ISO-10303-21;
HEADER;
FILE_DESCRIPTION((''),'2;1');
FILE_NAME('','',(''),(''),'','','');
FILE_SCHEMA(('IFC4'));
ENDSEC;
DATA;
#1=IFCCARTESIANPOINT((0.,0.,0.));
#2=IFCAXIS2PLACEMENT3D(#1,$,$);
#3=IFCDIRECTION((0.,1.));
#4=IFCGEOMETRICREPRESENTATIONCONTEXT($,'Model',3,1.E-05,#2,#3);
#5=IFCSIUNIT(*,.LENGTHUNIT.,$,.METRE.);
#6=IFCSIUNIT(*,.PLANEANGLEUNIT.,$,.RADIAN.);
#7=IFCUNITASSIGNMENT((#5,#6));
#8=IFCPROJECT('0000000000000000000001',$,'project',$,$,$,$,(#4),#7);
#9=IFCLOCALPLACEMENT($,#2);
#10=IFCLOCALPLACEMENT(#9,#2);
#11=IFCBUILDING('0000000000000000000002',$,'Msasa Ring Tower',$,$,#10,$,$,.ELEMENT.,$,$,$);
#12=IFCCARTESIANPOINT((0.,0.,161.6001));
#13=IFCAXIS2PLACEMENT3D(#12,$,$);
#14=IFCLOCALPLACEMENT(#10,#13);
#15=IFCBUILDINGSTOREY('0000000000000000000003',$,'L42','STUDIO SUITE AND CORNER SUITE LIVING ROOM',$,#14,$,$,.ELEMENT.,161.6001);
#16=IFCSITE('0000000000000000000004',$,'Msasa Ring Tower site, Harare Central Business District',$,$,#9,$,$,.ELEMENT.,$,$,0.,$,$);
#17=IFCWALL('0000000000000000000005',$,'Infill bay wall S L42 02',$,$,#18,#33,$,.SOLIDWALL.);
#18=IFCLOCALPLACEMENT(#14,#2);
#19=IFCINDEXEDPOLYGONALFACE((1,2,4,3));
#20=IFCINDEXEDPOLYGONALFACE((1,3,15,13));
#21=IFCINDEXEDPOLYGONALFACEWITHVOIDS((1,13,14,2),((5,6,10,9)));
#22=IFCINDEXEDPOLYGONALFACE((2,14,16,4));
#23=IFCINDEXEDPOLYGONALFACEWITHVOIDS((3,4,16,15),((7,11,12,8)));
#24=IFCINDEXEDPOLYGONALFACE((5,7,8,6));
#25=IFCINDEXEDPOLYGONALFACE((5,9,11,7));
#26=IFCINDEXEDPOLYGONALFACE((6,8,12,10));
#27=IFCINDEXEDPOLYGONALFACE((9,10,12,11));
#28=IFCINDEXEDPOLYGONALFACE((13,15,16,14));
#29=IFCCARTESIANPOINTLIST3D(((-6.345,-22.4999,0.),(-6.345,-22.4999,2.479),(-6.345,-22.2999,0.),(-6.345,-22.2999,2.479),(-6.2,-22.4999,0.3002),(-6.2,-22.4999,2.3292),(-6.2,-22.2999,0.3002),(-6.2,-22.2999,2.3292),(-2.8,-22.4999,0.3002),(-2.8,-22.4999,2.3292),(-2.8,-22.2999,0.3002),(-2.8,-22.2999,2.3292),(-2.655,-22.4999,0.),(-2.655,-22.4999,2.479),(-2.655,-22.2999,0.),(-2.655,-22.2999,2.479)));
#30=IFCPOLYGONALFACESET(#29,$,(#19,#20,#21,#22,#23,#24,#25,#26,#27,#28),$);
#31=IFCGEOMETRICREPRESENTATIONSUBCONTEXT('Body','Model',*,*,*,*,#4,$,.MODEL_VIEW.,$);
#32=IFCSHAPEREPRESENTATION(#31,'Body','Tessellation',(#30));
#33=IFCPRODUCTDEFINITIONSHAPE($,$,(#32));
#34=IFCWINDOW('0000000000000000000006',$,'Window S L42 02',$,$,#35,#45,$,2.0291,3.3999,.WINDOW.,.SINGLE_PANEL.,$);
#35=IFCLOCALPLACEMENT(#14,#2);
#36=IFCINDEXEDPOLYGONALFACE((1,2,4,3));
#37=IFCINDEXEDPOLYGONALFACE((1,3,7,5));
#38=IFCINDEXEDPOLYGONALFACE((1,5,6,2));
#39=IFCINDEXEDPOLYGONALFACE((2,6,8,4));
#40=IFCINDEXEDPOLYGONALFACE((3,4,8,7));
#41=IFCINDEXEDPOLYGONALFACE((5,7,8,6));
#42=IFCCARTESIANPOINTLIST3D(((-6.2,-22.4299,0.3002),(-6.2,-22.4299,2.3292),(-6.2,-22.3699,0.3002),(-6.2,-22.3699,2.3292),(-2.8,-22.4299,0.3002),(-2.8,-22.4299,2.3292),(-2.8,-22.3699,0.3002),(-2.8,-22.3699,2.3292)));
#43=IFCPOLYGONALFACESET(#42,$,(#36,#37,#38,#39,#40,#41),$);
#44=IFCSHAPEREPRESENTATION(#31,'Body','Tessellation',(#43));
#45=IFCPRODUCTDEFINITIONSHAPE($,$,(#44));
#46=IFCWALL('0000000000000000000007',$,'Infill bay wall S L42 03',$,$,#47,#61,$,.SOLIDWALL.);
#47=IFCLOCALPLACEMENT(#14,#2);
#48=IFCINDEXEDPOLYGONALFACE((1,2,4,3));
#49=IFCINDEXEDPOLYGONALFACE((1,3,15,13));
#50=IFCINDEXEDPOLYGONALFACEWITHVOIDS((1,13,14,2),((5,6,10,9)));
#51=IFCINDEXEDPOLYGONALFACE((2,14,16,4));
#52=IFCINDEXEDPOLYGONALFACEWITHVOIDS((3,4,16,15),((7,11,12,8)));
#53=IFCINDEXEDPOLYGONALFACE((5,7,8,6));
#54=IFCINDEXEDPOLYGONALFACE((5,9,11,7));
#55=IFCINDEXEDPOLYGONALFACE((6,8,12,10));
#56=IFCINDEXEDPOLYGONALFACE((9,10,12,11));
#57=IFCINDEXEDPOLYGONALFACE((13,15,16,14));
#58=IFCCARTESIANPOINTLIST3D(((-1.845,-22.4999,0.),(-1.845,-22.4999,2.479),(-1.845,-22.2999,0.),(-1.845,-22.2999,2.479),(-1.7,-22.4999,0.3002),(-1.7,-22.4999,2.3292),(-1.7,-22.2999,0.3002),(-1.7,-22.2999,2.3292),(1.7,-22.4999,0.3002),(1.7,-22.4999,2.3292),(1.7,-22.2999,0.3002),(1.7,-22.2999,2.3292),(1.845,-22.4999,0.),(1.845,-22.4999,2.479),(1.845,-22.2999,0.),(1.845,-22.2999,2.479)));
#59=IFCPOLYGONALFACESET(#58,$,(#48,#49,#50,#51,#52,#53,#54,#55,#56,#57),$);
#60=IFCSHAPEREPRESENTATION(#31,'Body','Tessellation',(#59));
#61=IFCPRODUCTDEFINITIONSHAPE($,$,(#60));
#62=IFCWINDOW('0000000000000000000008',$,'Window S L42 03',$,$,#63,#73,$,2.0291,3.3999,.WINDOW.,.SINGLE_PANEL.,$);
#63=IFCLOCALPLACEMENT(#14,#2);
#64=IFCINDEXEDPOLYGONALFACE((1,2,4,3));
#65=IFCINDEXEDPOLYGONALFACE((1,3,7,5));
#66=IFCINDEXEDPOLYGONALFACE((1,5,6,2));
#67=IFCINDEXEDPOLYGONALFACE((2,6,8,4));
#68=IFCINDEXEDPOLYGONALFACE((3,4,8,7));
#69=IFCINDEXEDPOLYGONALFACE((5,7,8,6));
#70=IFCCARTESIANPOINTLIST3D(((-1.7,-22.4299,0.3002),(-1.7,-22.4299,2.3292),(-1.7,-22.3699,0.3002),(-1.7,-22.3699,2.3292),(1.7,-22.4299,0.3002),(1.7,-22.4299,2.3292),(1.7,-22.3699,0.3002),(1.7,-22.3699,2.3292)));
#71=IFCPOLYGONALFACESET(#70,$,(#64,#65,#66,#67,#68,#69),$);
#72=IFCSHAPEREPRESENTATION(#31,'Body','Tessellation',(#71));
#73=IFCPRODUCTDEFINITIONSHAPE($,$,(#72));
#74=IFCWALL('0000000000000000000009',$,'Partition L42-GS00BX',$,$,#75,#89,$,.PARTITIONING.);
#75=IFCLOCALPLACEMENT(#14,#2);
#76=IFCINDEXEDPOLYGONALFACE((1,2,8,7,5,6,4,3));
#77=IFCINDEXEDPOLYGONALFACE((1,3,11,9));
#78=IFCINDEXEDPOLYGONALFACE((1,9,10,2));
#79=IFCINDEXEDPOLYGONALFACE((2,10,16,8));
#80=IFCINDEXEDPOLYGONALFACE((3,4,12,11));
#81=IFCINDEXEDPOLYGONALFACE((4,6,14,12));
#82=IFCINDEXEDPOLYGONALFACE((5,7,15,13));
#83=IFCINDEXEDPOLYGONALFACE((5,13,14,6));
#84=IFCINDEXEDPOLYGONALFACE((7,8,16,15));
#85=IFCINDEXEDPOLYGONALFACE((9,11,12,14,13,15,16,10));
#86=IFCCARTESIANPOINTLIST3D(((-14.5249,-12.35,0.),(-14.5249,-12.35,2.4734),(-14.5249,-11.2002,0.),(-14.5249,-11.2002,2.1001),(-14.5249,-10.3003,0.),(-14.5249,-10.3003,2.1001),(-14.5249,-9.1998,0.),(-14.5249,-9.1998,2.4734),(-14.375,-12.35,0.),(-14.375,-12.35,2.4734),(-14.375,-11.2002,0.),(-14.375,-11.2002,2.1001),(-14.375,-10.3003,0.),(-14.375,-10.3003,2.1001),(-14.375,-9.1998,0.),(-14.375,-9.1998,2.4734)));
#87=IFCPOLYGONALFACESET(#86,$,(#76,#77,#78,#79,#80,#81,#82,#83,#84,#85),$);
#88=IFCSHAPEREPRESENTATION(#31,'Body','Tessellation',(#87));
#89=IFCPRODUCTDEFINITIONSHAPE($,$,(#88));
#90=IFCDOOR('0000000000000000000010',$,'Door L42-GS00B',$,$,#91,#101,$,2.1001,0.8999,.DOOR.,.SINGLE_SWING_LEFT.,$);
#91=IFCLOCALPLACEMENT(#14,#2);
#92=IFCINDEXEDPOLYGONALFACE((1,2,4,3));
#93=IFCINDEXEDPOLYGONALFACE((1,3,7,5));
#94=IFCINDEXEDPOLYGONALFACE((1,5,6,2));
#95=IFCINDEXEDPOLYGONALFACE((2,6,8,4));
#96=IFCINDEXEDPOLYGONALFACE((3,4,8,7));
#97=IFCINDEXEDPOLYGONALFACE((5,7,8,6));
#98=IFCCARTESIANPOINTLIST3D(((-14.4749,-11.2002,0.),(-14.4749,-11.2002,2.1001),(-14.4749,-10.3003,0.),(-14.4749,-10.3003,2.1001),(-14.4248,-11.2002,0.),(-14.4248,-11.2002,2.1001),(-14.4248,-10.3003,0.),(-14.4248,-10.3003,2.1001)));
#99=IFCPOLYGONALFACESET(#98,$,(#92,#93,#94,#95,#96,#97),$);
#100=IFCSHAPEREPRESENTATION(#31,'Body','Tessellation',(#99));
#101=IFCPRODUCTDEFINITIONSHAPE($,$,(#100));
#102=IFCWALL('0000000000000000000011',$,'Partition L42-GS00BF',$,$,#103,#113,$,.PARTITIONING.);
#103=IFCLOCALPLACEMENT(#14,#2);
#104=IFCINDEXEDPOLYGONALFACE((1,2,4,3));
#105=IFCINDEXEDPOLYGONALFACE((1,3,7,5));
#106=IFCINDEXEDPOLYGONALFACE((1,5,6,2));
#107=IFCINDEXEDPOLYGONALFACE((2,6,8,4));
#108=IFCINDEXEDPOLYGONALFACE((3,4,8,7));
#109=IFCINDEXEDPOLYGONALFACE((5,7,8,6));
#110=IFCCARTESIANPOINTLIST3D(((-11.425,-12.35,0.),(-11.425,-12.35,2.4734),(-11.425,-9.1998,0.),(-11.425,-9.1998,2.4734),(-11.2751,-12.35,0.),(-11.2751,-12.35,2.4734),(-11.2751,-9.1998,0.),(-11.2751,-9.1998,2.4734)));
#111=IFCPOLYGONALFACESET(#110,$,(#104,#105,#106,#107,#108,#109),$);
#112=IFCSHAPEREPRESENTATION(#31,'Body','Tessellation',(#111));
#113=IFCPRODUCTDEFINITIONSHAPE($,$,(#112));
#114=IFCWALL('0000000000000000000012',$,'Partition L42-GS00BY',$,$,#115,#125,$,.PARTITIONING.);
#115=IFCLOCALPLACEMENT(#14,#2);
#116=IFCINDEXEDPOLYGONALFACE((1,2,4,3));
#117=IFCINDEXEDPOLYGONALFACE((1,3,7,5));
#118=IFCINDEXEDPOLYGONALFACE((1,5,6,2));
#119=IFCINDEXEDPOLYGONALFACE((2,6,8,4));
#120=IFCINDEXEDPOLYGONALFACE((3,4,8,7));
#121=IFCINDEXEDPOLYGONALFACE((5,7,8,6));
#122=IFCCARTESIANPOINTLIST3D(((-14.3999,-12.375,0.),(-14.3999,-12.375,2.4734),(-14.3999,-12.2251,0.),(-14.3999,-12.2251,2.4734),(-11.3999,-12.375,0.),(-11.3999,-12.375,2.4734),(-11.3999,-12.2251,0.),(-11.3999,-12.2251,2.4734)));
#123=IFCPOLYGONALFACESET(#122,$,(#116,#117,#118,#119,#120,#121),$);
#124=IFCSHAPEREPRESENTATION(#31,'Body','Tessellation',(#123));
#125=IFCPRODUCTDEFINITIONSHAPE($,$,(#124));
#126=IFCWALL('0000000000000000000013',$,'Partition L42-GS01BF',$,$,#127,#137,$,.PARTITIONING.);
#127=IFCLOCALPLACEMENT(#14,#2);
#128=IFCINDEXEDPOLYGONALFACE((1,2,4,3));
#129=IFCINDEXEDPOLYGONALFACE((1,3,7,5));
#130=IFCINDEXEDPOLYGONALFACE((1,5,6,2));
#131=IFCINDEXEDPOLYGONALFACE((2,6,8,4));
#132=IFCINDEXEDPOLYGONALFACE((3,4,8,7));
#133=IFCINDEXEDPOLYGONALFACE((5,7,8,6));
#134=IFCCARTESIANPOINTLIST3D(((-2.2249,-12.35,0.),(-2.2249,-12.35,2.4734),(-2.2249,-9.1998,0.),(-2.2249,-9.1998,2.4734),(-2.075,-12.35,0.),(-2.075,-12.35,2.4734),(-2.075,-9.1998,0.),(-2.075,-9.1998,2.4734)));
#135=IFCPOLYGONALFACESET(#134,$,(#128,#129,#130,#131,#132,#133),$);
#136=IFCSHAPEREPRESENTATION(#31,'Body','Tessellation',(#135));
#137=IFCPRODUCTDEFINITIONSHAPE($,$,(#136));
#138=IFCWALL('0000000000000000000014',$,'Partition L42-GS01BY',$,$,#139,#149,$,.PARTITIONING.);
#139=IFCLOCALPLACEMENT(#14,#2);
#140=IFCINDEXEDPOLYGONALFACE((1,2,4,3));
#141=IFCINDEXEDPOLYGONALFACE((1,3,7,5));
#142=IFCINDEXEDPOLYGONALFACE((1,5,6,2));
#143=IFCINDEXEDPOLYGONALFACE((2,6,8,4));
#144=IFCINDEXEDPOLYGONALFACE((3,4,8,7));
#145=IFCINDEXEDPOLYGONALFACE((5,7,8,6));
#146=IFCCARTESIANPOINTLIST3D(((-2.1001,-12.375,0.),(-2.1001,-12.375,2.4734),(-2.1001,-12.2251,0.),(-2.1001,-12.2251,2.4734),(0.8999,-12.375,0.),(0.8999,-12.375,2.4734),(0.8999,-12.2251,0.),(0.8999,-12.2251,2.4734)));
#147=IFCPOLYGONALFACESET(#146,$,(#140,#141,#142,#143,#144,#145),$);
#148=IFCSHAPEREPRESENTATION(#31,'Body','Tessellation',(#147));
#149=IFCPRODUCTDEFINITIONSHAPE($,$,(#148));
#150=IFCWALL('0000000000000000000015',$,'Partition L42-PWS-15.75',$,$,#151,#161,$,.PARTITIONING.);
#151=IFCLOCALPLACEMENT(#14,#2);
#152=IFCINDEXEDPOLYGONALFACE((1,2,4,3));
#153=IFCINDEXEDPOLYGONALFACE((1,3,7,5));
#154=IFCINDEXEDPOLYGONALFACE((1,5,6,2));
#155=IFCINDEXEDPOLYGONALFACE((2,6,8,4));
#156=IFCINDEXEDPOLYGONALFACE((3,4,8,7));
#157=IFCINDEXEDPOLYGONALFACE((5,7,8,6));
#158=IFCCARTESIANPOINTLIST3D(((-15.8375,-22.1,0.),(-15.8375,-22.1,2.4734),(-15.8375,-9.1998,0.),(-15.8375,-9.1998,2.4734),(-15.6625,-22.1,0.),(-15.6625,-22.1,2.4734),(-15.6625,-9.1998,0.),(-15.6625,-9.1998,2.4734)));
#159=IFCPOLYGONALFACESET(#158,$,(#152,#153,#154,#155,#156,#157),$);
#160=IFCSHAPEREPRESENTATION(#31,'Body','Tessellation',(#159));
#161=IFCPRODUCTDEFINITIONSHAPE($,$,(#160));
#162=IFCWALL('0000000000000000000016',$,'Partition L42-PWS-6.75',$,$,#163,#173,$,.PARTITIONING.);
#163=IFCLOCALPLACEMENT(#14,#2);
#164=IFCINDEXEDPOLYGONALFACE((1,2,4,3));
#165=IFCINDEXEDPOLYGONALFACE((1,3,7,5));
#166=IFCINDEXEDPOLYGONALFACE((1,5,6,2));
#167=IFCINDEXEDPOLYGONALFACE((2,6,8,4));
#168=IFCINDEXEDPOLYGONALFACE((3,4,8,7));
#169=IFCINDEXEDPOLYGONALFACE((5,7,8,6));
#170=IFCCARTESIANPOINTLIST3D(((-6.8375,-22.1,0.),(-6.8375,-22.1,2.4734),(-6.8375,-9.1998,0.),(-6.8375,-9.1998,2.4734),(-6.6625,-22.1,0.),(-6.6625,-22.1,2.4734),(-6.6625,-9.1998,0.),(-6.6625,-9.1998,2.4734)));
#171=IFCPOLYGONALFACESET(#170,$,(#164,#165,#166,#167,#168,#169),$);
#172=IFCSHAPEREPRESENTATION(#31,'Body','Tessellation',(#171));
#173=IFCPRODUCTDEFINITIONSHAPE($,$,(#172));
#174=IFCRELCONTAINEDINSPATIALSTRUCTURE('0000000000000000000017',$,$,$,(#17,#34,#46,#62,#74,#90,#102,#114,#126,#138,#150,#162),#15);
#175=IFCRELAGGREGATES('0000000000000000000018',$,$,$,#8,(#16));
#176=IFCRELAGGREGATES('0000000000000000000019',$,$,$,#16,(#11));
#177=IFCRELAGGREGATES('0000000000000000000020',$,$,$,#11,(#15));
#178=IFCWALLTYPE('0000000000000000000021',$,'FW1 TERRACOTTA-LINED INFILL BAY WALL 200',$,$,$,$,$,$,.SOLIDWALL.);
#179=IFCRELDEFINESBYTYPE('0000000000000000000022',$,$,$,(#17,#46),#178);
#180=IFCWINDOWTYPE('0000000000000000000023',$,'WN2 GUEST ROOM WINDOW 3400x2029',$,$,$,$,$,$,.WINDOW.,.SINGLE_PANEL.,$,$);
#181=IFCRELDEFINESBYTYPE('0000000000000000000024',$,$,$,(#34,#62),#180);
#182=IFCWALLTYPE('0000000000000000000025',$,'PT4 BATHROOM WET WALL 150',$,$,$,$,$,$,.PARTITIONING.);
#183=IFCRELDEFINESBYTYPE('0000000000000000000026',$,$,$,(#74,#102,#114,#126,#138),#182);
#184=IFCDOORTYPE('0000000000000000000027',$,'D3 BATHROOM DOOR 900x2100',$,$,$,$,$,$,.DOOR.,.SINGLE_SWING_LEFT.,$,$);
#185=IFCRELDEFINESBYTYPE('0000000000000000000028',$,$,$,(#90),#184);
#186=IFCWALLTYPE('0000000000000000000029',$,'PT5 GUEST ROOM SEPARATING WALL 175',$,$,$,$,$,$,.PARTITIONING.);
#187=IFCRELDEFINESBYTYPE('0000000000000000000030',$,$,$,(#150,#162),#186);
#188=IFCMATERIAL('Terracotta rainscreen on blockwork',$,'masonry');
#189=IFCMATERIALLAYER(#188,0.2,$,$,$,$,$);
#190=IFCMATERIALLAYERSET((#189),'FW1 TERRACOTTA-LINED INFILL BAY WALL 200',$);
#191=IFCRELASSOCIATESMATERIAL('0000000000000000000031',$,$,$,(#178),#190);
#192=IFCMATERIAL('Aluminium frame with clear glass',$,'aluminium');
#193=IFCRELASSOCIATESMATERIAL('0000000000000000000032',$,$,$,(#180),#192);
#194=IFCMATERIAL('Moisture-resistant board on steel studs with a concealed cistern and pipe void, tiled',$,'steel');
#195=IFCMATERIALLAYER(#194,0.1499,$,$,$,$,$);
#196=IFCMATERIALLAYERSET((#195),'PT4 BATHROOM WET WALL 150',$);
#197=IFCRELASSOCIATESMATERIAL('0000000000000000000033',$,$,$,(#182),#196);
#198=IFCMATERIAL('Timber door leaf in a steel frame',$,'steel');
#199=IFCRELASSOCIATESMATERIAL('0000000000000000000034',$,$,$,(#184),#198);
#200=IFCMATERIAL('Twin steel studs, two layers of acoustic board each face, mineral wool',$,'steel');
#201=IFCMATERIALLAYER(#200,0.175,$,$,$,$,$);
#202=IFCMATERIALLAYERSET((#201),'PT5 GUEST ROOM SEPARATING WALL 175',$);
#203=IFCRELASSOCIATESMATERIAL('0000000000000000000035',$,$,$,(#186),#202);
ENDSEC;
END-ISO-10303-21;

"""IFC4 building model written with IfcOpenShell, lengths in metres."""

from ifc_helpers import new_model, si_unit, direction, frame, frame_2d, origin, place, context, subcontext, project, spatial, rectangle, extrude, material, layer, layer_set, type_object, element, fill, save


model = new_model("IFC4")

# Units and contexts
model_context = context("Model", 3, precision=1e-05, world=origin(), true_north=direction((0.0, 1.0)))
body_context = subcontext(model_context, "Body", "Model", "MODEL_VIEW")
ifc_project = project(units=[si_unit("LENGTHUNIT", "METRE"), si_unit("PLANEANGLEUNIT", "RADIAN")], contexts=[model_context])

# Site, building, storey
site_placement = place(None, origin())
site = spatial("IfcSite", under=ifc_project, at=site_placement, Name="Msasa Ring Tower site, Harare Central Business District", CompositionType="ELEMENT", RefElevation=0.0)
building_placement = place(site_placement, origin())
building = spatial("IfcBuilding", under=site, at=building_placement, Name="Msasa Ring Tower", CompositionType="ELEMENT")
storey_placement = place(building_placement, frame((0.0, 0.0, 161.6001)))
storey = spatial("IfcBuildingStorey", under=building, at=storey_placement, Name="L42", Description="STUDIO SUITE AND CORNER SUITE LIVING ROOM", CompositionType="ELEMENT", Elevation=161.6001)

# Walls, openings, windows
ifc_material_1 = material(Name="Terracotta rainscreen on blockwork", Category="masonry")
ifc_layer_1 = layer(ifc_material_1, 0.2)
ifc_layer_set_1 = layer_set([ifc_layer_1], Name="FW1 TERRACOTTA-LINED INFILL BAY WALL 200")
wall_type_1 = type_object("IfcWallType", Name="FW1 TERRACOTTA-LINED INFILL BAY WALL 200", PredefinedType="SOLIDWALL", material=ifc_layer_set_1)
ifc_material_2 = material(Name="Aluminium frame with clear glass", Category="aluminium")
window_type = type_object("IfcWindowType", Name="WN2 GUEST ROOM WINDOW 3400x2029", PartitioningType="SINGLE_PANEL", PredefinedType="WINDOW", material=ifc_material_2)
wall_1_placement = place(storey_placement, frame((-6.345, -22.3999, 0.0), z_axis=(0.0, 0.0, 1.0), x_axis=(1.0, 0.0, 0.0)))
wall_1 = element("IfcWall", 1, at=wall_1_placement, inside=storey, type_object=wall_type_1, Name="Infill bay wall S L42 02", PredefinedType="SOLIDWALL", context=body_context, shape_type="SweptSolid", body=[
    extrude(rectangle(XDim=3.6899, YDim=0.2, at=frame_2d((1.845, 0.0))), origin(), (0.0, 0.0, 1.0), 2.479),
])
opening_1_placement = place(wall_1_placement, frame((0.145, 0.0, 0.3)))
opening_1 = element("IfcOpeningElement", 2, at=opening_1_placement, cuts=wall_1, PredefinedType="OPENING", context=body_context, shape_type="SweptSolid", body=[
    extrude(rectangle(XDim=3.3999, YDim=2.0291, at=frame_2d((1.7, 1.0146))), frame((0.0, 0.1099, 0.0), z_axis=(0.0, -1.0, 0.0), x_axis=(1.0, 0.0, 0.0)), (0.0, 0.0, 1.0), 0.22),
])
window_1_placement = place(opening_1_placement, origin())
window_1 = element("IfcWindow", 3, at=window_1_placement, inside=storey, type_object=window_type, Name="Window S L42 02", OverallHeight=2.0291, OverallWidth=3.3999, PartitioningType="SINGLE_PANEL", PredefinedType="WINDOW", context=body_context, shape_type="SweptSolid", body=[
    extrude(rectangle(XDim=3.3999, YDim=2.0291, at=frame_2d((1.7, 1.0146))), frame((0.0, 0.03, 0.0), z_axis=(0.0, -1.0, 0.0), x_axis=(1.0, 0.0, 0.0)), (0.0, 0.0, 1.0), 0.0601),
])
fill(opening_1, window_1)
wall_2_placement = place(storey_placement, frame((-1.845, -22.3999, 0.0), z_axis=(0.0, 0.0, 1.0), x_axis=(1.0, 0.0, 0.0)))
wall_2 = element("IfcWall", 4, at=wall_2_placement, inside=storey, type_object=wall_type_1, Name="Infill bay wall S L42 03", PredefinedType="SOLIDWALL", context=body_context, shape_type="SweptSolid", body=[
    extrude(rectangle(XDim=3.6899, YDim=0.2, at=frame_2d((1.845, 0.0))), origin(), (0.0, 0.0, 1.0), 2.479),
])
opening_2_placement = place(wall_2_placement, frame((0.145, 0.0, 0.3)))
opening_2 = element("IfcOpeningElement", 5, at=opening_2_placement, cuts=wall_2, PredefinedType="OPENING", context=body_context, shape_type="SweptSolid", body=[
    extrude(rectangle(XDim=3.3999, YDim=2.0291, at=frame_2d((1.7, 1.0146))), frame((0.0, 0.1099, 0.0), z_axis=(0.0, -1.0, 0.0), x_axis=(1.0, 0.0, 0.0)), (0.0, 0.0, 1.0), 0.22),
])
window_2_placement = place(opening_2_placement, origin())
window_2 = element("IfcWindow", 6, at=window_2_placement, inside=storey, type_object=window_type, Name="Window S L42 03", OverallHeight=2.0291, OverallWidth=3.3999, PartitioningType="SINGLE_PANEL", PredefinedType="WINDOW", context=body_context, shape_type="SweptSolid", body=[
    extrude(rectangle(XDim=3.3999, YDim=2.0291, at=frame_2d((1.7, 1.0146))), frame((0.0, 0.03, 0.0), z_axis=(0.0, -1.0, 0.0), x_axis=(1.0, 0.0, 0.0)), (0.0, 0.0, 1.0), 0.0601),
])
fill(opening_2, window_2)

# Wall, opening, door
ifc_material_3 = material(Name="Moisture-resistant board on steel studs with a concealed cistern and pipe void, tiled", Category="steel")
ifc_layer_2 = layer(ifc_material_3, 0.1499)
ifc_layer_set_2 = layer_set([ifc_layer_2], Name="PT4 BATHROOM WET WALL 150")
wall_type_2 = type_object("IfcWallType", Name="PT4 BATHROOM WET WALL 150", PredefinedType="PARTITIONING", material=ifc_layer_set_2)
wall_3_placement = place(storey_placement, frame((-14.45, -12.3501, 0.0), z_axis=(0.0, 0.0, 1.0), x_axis=(0.0, 1.0, 0.0)))
wall_3 = element("IfcWall", 7, at=wall_3_placement, inside=storey, type_object=wall_type_2, Name="Partition L42-GS00BX", PredefinedType="PARTITIONING", context=body_context, shape_type="SweptSolid", body=[
    extrude(rectangle(XDim=3.1501, YDim=0.1499, at=frame_2d((1.5752, 0.0))), origin(), (0.0, 0.0, 1.0), 2.4734),
])
opening_3_placement = place(wall_3_placement, frame((1.1499, 0.0, 0.0)))
opening_3 = element("IfcOpeningElement", 8, at=opening_3_placement, cuts=wall_3, PredefinedType="OPENING", context=body_context, shape_type="SweptSolid", body=[
    extrude(rectangle(XDim=0.8999, YDim=2.1001, at=frame_2d((0.45, 1.05))), frame((0.0, 0.085, 0.0), z_axis=(0.0, -1.0, 0.0), x_axis=(1.0, 0.0, 0.0)), (0.0, 0.0, 1.0), 0.1699),
])
ifc_material_4 = material(Name="Timber door leaf in a steel frame", Category="steel")
door_type = type_object("IfcDoorType", Name="D3 BATHROOM DOOR 900x2100", OperationType="SINGLE_SWING_LEFT", PredefinedType="DOOR", material=ifc_material_4)
door_placement = place(opening_3_placement, origin())
door = element("IfcDoor", 9, at=door_placement, inside=storey, type_object=door_type, Name="Door L42-GS00B", OperationType="SINGLE_SWING_LEFT", OverallHeight=2.1001, OverallWidth=0.8999, PredefinedType="DOOR", context=body_context, shape_type="SweptSolid", body=[
    extrude(rectangle(XDim=0.8999, YDim=2.1001, at=frame_2d((0.45, 1.05))), frame((0.0, 0.0249, 0.0), z_axis=(0.0, -1.0, 0.0), x_axis=(1.0, 0.0, 0.0)), (0.0, 0.0, 1.0), 0.05),
])
fill(opening_3, door)

# Walls
wall_4_placement = place(storey_placement, frame((-11.3501, -12.3501, 0.0), z_axis=(0.0, 0.0, 1.0), x_axis=(0.0, 1.0, 0.0)))
element("IfcWall", 10, at=wall_4_placement, inside=storey, type_object=wall_type_2, Name="Partition L42-GS00BF", PredefinedType="PARTITIONING", context=body_context, shape_type="SweptSolid", body=[
    extrude(rectangle(XDim=3.1501, YDim=0.1499, at=frame_2d((1.5752, 0.0))), origin(), (0.0, 0.0, 1.0), 2.4734),
])
wall_5_placement = place(storey_placement, frame((-14.3999, -12.3, 0.0), z_axis=(0.0, 0.0, 1.0), x_axis=(1.0, 0.0, 0.0)))
element("IfcWall", 11, at=wall_5_placement, inside=storey, type_object=wall_type_2, Name="Partition L42-GS00BY", PredefinedType="PARTITIONING", context=body_context, shape_type="SweptSolid", body=[
    extrude(rectangle(XDim=3.0, YDim=0.1499, at=frame_2d((1.5, 0.0))), origin(), (0.0, 0.0, 1.0), 2.4734),
])
wall_6_placement = place(storey_placement, frame((-2.1499, -12.3501, 0.0), z_axis=(0.0, 0.0, 1.0), x_axis=(0.0, 1.0, 0.0)))
element("IfcWall", 12, at=wall_6_placement, inside=storey, type_object=wall_type_2, Name="Partition L42-GS01BF", PredefinedType="PARTITIONING", context=body_context, shape_type="SweptSolid", body=[
    extrude(rectangle(XDim=3.1501, YDim=0.1499, at=frame_2d((1.5752, 0.0))), origin(), (0.0, 0.0, 1.0), 2.4734),
])
wall_7_placement = place(storey_placement, frame((-2.1001, -12.3, 0.0), z_axis=(0.0, 0.0, 1.0), x_axis=(1.0, 0.0, 0.0)))
element("IfcWall", 13, at=wall_7_placement, inside=storey, type_object=wall_type_2, Name="Partition L42-GS01BY", PredefinedType="PARTITIONING", context=body_context, shape_type="SweptSolid", body=[
    extrude(rectangle(XDim=3.0, YDim=0.1499, at=frame_2d((1.5, 0.0))), origin(), (0.0, 0.0, 1.0), 2.4734),
])
ifc_material_5 = material(Name="Twin steel studs, two layers of acoustic board each face, mineral wool", Category="steel")
ifc_layer_3 = layer(ifc_material_5, 0.175)
ifc_layer_set_3 = layer_set([ifc_layer_3], Name="PT5 GUEST ROOM SEPARATING WALL 175")
wall_type_3 = type_object("IfcWallType", Name="PT5 GUEST ROOM SEPARATING WALL 175", PredefinedType="PARTITIONING", material=ifc_layer_set_3)
for number, where, z_axis, x_axis, name in (
    (14, (-15.75, -22.1001, 0.0), (0.0, 0.0, 1.0), (0.0, 1.0, 0.0), "Partition L42-PWS-15.75"),
    (15, (-6.75, -22.1001, 0.0), (0.0, 0.0, 1.0), (0.0, 1.0, 0.0), "Partition L42-PWS-6.75"),
):
    element("IfcWall", number, at=place(storey_placement, frame(where, z_axis=z_axis, x_axis=x_axis)), inside=storey, type_object=wall_type_3, Name=name, PredefinedType="PARTITIONING", context=body_context, shape_type="SweptSolid", body=[
        extrude(rectangle(XDim=12.9001, YDim=0.175, at=frame_2d((6.4502, 0.0))), origin(), (0.0, 0.0, 1.0), 2.4734),
    ])

save(model, "model.ifc")
